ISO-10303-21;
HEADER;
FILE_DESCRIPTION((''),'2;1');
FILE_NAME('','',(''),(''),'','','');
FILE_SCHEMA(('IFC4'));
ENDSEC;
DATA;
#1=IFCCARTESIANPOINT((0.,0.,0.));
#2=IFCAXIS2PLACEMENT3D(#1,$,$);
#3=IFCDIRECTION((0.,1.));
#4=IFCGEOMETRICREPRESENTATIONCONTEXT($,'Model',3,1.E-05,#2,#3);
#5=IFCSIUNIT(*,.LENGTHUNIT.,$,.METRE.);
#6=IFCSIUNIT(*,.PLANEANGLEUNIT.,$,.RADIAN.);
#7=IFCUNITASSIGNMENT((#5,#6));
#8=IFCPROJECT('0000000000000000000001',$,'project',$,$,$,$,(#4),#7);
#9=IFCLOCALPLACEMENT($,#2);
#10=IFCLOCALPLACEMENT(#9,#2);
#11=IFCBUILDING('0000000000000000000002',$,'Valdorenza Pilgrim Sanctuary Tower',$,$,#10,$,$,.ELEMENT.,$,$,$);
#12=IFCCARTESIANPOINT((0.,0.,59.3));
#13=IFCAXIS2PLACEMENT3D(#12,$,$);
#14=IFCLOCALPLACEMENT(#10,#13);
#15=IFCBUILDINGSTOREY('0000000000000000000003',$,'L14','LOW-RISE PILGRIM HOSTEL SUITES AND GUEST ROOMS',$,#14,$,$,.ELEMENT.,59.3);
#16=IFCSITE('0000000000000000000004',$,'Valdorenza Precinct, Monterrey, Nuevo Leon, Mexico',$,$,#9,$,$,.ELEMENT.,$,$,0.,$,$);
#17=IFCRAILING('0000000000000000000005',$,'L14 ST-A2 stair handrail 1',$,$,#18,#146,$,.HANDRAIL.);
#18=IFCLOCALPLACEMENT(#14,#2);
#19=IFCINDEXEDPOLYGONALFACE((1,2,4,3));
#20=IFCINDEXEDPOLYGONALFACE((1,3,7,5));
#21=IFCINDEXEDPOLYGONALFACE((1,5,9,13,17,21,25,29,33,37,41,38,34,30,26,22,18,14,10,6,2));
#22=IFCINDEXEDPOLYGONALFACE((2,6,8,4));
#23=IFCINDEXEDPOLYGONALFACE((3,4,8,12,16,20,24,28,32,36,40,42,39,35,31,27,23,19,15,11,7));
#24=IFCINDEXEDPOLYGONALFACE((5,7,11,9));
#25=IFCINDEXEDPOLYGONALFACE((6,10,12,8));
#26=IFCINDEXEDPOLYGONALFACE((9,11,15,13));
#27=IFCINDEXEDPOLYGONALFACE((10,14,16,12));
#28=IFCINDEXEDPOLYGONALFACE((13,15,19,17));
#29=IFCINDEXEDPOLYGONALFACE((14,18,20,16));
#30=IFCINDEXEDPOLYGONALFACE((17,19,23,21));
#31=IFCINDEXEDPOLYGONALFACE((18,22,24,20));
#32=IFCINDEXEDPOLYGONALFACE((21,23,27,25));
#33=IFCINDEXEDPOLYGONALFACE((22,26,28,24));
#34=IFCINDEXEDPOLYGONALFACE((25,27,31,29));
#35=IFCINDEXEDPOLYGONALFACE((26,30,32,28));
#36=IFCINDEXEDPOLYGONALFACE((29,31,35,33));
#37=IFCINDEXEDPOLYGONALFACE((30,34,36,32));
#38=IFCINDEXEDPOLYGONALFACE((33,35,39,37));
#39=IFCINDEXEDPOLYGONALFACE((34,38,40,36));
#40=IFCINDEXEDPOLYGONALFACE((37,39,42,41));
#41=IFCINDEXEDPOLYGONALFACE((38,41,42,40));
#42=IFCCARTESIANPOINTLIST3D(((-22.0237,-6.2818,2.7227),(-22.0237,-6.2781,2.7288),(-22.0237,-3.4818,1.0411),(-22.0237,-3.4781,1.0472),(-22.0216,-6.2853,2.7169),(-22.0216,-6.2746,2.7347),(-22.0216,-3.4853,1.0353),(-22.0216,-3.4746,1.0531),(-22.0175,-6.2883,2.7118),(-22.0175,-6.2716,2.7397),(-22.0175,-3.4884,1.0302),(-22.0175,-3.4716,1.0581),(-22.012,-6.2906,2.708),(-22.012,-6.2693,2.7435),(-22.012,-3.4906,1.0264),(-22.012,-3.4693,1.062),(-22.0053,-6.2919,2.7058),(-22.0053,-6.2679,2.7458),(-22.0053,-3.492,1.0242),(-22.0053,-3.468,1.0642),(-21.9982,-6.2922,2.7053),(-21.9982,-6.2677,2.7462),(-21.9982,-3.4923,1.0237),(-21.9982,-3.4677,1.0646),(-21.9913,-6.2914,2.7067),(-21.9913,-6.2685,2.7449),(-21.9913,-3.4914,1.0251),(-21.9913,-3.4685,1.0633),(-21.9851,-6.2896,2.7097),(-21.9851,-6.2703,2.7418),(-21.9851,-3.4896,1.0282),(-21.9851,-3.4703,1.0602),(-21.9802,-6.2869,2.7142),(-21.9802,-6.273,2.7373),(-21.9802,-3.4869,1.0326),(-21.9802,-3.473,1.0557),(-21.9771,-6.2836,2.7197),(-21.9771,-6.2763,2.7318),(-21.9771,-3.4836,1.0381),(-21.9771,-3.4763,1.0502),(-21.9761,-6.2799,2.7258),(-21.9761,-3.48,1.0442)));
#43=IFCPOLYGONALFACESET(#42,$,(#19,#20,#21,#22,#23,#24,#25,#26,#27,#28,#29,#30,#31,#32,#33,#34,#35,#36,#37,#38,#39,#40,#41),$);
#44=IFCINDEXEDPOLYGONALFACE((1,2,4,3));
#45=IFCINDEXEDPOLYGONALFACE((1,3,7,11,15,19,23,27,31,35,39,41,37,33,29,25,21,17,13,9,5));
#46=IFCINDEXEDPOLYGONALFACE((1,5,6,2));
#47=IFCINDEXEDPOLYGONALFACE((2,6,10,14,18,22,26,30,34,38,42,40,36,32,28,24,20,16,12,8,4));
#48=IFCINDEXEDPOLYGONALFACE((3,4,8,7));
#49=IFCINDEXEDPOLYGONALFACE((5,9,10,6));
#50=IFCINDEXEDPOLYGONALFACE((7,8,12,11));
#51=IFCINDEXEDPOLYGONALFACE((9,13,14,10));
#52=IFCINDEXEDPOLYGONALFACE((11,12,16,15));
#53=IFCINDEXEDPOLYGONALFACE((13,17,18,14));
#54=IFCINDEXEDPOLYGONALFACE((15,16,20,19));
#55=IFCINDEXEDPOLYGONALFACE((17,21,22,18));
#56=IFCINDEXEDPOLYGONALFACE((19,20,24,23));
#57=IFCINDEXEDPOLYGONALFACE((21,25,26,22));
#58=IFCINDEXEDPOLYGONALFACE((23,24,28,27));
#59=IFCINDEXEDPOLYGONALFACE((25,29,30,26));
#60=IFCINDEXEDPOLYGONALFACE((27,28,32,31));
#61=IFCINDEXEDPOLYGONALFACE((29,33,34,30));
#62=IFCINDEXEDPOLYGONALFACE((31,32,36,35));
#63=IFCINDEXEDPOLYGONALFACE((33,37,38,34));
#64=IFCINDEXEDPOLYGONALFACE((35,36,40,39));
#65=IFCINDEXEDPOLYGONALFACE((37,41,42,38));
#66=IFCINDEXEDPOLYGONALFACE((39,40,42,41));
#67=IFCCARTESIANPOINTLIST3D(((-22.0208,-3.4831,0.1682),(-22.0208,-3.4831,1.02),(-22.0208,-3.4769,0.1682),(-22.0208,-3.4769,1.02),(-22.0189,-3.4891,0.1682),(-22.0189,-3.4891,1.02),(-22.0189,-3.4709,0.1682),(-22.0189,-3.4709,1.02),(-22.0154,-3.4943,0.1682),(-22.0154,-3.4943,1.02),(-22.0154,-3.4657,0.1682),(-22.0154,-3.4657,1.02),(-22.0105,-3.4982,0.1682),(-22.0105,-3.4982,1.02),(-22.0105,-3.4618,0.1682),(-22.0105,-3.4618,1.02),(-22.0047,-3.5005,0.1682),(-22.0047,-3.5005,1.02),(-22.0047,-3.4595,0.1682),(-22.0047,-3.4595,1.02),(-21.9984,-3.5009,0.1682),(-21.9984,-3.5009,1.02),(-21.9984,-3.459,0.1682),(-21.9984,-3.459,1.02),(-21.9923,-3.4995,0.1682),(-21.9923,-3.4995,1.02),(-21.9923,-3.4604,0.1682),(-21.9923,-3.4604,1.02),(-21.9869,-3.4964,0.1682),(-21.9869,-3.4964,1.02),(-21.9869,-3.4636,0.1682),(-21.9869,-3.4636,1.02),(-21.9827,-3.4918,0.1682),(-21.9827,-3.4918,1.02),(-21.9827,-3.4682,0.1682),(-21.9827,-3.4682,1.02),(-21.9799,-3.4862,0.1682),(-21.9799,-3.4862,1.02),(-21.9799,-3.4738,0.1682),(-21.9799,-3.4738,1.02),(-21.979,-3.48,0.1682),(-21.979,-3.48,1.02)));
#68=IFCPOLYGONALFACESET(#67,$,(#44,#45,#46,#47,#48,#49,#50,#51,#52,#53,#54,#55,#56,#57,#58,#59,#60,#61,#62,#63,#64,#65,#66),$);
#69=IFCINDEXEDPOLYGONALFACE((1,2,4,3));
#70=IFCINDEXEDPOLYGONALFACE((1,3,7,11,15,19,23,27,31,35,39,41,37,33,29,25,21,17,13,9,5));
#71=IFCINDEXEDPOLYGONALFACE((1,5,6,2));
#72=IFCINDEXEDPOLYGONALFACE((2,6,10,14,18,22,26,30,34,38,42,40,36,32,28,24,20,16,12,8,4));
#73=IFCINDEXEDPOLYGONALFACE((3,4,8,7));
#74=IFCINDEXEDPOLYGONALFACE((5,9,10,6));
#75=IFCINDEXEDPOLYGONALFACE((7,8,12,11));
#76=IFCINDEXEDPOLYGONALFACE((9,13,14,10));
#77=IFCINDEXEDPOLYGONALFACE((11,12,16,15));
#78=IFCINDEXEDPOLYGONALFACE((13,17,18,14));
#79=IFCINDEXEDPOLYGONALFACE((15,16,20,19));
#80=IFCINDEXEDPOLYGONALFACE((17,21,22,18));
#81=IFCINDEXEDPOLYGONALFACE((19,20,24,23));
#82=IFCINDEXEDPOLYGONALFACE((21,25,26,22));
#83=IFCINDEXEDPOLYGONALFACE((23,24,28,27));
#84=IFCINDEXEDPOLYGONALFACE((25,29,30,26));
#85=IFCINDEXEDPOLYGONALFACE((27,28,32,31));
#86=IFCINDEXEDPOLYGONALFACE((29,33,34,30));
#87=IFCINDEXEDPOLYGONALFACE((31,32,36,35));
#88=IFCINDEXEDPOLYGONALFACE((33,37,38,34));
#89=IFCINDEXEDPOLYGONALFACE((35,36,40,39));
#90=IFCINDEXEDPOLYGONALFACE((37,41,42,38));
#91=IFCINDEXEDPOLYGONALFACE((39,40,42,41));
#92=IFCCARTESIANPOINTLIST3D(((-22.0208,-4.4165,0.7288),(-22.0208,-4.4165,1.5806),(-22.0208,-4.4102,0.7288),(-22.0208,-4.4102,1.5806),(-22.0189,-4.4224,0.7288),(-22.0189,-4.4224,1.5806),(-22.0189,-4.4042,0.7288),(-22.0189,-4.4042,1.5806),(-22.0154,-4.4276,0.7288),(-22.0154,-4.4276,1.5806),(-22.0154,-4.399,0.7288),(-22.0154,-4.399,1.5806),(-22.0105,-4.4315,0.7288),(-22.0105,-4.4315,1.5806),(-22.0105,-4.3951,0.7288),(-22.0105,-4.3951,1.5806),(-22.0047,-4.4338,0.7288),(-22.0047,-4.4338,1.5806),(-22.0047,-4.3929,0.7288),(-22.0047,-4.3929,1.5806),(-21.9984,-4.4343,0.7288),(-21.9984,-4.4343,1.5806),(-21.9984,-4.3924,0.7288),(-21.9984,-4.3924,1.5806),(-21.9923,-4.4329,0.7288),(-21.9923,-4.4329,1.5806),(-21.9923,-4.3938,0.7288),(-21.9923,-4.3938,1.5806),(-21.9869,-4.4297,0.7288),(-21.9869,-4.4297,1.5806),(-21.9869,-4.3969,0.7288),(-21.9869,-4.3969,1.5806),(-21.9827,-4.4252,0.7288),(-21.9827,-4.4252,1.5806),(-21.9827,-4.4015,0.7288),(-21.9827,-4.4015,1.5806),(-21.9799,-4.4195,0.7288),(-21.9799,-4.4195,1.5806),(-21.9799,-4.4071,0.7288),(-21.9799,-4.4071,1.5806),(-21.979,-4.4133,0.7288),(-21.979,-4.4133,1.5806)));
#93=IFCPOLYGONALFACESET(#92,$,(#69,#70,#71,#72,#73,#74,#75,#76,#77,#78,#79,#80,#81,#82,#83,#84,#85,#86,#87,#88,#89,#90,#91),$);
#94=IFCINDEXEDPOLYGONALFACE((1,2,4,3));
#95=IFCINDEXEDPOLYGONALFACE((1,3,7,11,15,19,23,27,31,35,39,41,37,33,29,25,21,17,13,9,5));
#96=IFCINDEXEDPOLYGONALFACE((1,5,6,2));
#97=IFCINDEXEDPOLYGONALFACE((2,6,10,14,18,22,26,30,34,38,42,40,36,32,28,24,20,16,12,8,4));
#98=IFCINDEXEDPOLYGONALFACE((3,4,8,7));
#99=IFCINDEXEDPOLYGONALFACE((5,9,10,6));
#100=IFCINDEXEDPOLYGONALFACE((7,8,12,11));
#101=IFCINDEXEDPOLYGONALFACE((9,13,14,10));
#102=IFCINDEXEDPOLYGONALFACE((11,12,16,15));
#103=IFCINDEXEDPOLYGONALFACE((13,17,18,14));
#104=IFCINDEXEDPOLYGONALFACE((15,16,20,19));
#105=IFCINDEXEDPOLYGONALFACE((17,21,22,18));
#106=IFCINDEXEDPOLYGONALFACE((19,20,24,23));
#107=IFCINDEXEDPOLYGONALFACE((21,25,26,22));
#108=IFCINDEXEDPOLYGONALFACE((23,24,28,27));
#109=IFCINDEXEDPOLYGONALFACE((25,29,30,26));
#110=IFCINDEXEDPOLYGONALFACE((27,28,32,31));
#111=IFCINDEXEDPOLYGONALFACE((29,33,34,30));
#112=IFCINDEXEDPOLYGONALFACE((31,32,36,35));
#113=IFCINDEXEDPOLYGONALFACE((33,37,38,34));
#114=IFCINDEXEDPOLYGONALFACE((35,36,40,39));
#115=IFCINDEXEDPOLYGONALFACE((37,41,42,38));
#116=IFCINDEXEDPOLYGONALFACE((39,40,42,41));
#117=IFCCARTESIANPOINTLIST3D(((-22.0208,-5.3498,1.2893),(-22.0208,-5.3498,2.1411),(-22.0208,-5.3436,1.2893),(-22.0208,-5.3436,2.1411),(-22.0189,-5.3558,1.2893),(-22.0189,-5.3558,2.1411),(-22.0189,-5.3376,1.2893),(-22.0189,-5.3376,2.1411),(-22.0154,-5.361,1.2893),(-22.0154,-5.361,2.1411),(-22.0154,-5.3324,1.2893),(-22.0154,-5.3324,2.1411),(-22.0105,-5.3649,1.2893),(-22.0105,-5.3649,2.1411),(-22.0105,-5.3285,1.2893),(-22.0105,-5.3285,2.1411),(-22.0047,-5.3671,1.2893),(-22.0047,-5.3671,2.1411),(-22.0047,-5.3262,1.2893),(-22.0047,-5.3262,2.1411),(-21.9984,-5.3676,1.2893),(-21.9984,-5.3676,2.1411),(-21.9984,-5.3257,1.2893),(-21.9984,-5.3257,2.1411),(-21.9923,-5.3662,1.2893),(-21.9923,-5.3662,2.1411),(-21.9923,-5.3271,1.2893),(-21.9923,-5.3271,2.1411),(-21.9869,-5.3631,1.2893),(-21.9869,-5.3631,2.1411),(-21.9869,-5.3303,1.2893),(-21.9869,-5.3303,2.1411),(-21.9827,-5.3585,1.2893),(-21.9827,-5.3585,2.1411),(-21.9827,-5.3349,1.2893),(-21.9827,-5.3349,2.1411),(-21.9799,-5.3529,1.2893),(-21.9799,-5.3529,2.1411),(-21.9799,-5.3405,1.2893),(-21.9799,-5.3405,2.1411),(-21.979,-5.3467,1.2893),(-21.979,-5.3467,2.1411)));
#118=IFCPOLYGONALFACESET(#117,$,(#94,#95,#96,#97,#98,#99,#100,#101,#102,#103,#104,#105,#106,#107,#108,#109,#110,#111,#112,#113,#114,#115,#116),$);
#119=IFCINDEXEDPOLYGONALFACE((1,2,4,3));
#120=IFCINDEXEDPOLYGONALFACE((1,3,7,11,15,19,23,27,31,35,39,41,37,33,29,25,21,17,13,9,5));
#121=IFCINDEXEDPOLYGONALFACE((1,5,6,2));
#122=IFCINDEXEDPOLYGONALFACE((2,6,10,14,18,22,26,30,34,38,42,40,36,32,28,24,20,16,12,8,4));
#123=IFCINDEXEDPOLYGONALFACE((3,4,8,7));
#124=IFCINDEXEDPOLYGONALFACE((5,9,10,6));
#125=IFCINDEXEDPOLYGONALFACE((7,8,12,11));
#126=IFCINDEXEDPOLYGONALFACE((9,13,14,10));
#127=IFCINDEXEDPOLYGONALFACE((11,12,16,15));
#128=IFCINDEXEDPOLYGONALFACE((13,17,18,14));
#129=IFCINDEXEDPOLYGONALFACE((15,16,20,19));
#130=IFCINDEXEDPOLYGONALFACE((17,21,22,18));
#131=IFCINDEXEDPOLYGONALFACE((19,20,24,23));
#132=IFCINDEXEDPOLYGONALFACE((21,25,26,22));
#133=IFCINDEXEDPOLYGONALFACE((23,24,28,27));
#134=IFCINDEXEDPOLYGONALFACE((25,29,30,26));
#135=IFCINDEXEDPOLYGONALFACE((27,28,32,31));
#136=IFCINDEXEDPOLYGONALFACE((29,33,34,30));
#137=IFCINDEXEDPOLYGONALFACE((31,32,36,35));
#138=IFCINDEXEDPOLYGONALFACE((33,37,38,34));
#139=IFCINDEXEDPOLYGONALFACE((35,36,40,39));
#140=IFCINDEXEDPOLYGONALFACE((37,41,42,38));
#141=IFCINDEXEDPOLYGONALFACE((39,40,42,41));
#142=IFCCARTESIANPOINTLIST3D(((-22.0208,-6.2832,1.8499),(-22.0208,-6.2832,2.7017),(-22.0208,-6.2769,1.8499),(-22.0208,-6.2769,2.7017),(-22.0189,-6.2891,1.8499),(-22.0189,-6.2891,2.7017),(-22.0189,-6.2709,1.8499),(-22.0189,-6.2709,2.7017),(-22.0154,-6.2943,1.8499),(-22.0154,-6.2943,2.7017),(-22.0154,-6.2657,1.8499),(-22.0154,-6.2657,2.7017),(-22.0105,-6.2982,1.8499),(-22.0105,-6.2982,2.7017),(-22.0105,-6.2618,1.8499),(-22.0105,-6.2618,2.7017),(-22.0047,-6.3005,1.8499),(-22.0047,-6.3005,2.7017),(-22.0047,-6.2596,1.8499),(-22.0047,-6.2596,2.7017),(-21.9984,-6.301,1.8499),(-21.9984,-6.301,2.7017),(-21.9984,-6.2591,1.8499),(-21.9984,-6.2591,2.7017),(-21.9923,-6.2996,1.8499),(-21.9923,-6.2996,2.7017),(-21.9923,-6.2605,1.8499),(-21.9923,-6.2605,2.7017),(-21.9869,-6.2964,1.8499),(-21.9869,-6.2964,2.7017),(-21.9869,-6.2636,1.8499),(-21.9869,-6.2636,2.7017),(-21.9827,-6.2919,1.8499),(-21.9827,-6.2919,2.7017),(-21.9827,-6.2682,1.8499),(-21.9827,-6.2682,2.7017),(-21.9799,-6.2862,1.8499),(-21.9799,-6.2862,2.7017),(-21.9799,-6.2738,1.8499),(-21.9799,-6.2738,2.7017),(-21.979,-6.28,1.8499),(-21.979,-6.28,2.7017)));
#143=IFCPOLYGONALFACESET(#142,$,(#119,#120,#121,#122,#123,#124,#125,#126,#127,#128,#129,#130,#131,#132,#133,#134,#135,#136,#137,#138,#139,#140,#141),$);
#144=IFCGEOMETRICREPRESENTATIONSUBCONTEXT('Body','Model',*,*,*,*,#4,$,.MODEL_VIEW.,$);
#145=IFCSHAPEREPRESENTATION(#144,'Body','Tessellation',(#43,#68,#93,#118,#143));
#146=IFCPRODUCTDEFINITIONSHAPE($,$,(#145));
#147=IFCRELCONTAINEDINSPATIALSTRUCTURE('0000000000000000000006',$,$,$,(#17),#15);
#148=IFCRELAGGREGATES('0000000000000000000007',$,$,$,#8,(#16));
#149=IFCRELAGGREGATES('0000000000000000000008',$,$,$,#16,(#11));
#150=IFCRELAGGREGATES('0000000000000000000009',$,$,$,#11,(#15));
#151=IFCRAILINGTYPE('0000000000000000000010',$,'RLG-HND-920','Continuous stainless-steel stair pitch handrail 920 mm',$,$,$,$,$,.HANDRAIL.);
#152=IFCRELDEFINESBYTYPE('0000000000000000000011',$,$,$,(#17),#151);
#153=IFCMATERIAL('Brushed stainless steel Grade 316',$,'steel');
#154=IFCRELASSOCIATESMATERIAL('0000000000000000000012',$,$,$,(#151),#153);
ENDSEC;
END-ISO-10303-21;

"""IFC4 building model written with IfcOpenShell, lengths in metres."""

from ifc_helpers import new_model, si_unit, direction, frame, origin, origin_2d, place, context, subcontext, project, spatial, circle, extrude, material, type_object, element, save


model = new_model("IFC4")

# Units and contexts
model_context = context("Model", 3, precision=1e-05, world=origin(), true_north=direction((0.0, 1.0)))
body_context = subcontext(model_context, "Body", "Model", "MODEL_VIEW")
ifc_project = project(units=[si_unit("LENGTHUNIT", "METRE"), si_unit("PLANEANGLEUNIT", "RADIAN")], contexts=[model_context])

# Site, building, storey
site_placement = place(None, origin())
site = spatial("IfcSite", under=ifc_project, at=site_placement, Name="Valdorenza Precinct, Monterrey, Nuevo Leon, Mexico", CompositionType="ELEMENT", RefElevation=0.0)
building_placement = place(site_placement, origin())
building = spatial("IfcBuilding", under=site, at=building_placement, Name="Valdorenza Pilgrim Sanctuary Tower", CompositionType="ELEMENT")
storey_placement = place(building_placement, frame((0.0, 0.0, 59.3)))
storey = spatial("IfcBuildingStorey", under=building, at=storey_placement, Name="L14", Description="LOW-RISE PILGRIM HOSTEL SUITES AND GUEST ROOMS", CompositionType="ELEMENT", Elevation=59.3)

# Shared definitions
ifc_material_1 = material(Name="Brushed stainless steel Grade 316", Category="steel")

# Railing
railing_type_1 = type_object("IfcRailingType", Name="RLG-HND-920", Description="Continuous stainless-steel stair pitch handrail 920 mm", PredefinedType="HANDRAIL", material=ifc_material_1)
railing_1_placement = place(storey_placement, frame((-22.0, -3.48, 0.1682)))
element("IfcRailing", 1, at=railing_1_placement, inside=storey, type_object=railing_type_1, Name="L14 ST-A2 stair handrail 1", PredefinedType="HANDRAIL", context=body_context, shape_type="SweptSolid", body=[
    extrude(circle(Radius=0.0239, at=origin_2d()), frame((0.0, 0.0, 0.876), z_axis=(0.0, -0.857275, 0.514858), x_axis=(1.0, 0.0, 0.0)), (0.0, 0.0, 1.0), 3.2661),
    extrude(circle(Radius=0.021, at=origin_2d()), origin(), (0.0, 0.0, 1.0), 0.8518),
    extrude(circle(Radius=0.021, at=origin_2d()), frame((0.0, -0.9333, 0.5605)), (0.0, 0.0, 1.0), 0.8518),
    extrude(circle(Radius=0.021, at=origin_2d()), frame((0.0, -1.8667, 1.1211)), (0.0, 0.0, 1.0), 0.8518),
    extrude(circle(Radius=0.021, at=origin_2d()), frame((0.0, -2.8, 1.6816)), (0.0, 0.0, 1.0), 0.8518),
])

save(model, "model.ifc")
